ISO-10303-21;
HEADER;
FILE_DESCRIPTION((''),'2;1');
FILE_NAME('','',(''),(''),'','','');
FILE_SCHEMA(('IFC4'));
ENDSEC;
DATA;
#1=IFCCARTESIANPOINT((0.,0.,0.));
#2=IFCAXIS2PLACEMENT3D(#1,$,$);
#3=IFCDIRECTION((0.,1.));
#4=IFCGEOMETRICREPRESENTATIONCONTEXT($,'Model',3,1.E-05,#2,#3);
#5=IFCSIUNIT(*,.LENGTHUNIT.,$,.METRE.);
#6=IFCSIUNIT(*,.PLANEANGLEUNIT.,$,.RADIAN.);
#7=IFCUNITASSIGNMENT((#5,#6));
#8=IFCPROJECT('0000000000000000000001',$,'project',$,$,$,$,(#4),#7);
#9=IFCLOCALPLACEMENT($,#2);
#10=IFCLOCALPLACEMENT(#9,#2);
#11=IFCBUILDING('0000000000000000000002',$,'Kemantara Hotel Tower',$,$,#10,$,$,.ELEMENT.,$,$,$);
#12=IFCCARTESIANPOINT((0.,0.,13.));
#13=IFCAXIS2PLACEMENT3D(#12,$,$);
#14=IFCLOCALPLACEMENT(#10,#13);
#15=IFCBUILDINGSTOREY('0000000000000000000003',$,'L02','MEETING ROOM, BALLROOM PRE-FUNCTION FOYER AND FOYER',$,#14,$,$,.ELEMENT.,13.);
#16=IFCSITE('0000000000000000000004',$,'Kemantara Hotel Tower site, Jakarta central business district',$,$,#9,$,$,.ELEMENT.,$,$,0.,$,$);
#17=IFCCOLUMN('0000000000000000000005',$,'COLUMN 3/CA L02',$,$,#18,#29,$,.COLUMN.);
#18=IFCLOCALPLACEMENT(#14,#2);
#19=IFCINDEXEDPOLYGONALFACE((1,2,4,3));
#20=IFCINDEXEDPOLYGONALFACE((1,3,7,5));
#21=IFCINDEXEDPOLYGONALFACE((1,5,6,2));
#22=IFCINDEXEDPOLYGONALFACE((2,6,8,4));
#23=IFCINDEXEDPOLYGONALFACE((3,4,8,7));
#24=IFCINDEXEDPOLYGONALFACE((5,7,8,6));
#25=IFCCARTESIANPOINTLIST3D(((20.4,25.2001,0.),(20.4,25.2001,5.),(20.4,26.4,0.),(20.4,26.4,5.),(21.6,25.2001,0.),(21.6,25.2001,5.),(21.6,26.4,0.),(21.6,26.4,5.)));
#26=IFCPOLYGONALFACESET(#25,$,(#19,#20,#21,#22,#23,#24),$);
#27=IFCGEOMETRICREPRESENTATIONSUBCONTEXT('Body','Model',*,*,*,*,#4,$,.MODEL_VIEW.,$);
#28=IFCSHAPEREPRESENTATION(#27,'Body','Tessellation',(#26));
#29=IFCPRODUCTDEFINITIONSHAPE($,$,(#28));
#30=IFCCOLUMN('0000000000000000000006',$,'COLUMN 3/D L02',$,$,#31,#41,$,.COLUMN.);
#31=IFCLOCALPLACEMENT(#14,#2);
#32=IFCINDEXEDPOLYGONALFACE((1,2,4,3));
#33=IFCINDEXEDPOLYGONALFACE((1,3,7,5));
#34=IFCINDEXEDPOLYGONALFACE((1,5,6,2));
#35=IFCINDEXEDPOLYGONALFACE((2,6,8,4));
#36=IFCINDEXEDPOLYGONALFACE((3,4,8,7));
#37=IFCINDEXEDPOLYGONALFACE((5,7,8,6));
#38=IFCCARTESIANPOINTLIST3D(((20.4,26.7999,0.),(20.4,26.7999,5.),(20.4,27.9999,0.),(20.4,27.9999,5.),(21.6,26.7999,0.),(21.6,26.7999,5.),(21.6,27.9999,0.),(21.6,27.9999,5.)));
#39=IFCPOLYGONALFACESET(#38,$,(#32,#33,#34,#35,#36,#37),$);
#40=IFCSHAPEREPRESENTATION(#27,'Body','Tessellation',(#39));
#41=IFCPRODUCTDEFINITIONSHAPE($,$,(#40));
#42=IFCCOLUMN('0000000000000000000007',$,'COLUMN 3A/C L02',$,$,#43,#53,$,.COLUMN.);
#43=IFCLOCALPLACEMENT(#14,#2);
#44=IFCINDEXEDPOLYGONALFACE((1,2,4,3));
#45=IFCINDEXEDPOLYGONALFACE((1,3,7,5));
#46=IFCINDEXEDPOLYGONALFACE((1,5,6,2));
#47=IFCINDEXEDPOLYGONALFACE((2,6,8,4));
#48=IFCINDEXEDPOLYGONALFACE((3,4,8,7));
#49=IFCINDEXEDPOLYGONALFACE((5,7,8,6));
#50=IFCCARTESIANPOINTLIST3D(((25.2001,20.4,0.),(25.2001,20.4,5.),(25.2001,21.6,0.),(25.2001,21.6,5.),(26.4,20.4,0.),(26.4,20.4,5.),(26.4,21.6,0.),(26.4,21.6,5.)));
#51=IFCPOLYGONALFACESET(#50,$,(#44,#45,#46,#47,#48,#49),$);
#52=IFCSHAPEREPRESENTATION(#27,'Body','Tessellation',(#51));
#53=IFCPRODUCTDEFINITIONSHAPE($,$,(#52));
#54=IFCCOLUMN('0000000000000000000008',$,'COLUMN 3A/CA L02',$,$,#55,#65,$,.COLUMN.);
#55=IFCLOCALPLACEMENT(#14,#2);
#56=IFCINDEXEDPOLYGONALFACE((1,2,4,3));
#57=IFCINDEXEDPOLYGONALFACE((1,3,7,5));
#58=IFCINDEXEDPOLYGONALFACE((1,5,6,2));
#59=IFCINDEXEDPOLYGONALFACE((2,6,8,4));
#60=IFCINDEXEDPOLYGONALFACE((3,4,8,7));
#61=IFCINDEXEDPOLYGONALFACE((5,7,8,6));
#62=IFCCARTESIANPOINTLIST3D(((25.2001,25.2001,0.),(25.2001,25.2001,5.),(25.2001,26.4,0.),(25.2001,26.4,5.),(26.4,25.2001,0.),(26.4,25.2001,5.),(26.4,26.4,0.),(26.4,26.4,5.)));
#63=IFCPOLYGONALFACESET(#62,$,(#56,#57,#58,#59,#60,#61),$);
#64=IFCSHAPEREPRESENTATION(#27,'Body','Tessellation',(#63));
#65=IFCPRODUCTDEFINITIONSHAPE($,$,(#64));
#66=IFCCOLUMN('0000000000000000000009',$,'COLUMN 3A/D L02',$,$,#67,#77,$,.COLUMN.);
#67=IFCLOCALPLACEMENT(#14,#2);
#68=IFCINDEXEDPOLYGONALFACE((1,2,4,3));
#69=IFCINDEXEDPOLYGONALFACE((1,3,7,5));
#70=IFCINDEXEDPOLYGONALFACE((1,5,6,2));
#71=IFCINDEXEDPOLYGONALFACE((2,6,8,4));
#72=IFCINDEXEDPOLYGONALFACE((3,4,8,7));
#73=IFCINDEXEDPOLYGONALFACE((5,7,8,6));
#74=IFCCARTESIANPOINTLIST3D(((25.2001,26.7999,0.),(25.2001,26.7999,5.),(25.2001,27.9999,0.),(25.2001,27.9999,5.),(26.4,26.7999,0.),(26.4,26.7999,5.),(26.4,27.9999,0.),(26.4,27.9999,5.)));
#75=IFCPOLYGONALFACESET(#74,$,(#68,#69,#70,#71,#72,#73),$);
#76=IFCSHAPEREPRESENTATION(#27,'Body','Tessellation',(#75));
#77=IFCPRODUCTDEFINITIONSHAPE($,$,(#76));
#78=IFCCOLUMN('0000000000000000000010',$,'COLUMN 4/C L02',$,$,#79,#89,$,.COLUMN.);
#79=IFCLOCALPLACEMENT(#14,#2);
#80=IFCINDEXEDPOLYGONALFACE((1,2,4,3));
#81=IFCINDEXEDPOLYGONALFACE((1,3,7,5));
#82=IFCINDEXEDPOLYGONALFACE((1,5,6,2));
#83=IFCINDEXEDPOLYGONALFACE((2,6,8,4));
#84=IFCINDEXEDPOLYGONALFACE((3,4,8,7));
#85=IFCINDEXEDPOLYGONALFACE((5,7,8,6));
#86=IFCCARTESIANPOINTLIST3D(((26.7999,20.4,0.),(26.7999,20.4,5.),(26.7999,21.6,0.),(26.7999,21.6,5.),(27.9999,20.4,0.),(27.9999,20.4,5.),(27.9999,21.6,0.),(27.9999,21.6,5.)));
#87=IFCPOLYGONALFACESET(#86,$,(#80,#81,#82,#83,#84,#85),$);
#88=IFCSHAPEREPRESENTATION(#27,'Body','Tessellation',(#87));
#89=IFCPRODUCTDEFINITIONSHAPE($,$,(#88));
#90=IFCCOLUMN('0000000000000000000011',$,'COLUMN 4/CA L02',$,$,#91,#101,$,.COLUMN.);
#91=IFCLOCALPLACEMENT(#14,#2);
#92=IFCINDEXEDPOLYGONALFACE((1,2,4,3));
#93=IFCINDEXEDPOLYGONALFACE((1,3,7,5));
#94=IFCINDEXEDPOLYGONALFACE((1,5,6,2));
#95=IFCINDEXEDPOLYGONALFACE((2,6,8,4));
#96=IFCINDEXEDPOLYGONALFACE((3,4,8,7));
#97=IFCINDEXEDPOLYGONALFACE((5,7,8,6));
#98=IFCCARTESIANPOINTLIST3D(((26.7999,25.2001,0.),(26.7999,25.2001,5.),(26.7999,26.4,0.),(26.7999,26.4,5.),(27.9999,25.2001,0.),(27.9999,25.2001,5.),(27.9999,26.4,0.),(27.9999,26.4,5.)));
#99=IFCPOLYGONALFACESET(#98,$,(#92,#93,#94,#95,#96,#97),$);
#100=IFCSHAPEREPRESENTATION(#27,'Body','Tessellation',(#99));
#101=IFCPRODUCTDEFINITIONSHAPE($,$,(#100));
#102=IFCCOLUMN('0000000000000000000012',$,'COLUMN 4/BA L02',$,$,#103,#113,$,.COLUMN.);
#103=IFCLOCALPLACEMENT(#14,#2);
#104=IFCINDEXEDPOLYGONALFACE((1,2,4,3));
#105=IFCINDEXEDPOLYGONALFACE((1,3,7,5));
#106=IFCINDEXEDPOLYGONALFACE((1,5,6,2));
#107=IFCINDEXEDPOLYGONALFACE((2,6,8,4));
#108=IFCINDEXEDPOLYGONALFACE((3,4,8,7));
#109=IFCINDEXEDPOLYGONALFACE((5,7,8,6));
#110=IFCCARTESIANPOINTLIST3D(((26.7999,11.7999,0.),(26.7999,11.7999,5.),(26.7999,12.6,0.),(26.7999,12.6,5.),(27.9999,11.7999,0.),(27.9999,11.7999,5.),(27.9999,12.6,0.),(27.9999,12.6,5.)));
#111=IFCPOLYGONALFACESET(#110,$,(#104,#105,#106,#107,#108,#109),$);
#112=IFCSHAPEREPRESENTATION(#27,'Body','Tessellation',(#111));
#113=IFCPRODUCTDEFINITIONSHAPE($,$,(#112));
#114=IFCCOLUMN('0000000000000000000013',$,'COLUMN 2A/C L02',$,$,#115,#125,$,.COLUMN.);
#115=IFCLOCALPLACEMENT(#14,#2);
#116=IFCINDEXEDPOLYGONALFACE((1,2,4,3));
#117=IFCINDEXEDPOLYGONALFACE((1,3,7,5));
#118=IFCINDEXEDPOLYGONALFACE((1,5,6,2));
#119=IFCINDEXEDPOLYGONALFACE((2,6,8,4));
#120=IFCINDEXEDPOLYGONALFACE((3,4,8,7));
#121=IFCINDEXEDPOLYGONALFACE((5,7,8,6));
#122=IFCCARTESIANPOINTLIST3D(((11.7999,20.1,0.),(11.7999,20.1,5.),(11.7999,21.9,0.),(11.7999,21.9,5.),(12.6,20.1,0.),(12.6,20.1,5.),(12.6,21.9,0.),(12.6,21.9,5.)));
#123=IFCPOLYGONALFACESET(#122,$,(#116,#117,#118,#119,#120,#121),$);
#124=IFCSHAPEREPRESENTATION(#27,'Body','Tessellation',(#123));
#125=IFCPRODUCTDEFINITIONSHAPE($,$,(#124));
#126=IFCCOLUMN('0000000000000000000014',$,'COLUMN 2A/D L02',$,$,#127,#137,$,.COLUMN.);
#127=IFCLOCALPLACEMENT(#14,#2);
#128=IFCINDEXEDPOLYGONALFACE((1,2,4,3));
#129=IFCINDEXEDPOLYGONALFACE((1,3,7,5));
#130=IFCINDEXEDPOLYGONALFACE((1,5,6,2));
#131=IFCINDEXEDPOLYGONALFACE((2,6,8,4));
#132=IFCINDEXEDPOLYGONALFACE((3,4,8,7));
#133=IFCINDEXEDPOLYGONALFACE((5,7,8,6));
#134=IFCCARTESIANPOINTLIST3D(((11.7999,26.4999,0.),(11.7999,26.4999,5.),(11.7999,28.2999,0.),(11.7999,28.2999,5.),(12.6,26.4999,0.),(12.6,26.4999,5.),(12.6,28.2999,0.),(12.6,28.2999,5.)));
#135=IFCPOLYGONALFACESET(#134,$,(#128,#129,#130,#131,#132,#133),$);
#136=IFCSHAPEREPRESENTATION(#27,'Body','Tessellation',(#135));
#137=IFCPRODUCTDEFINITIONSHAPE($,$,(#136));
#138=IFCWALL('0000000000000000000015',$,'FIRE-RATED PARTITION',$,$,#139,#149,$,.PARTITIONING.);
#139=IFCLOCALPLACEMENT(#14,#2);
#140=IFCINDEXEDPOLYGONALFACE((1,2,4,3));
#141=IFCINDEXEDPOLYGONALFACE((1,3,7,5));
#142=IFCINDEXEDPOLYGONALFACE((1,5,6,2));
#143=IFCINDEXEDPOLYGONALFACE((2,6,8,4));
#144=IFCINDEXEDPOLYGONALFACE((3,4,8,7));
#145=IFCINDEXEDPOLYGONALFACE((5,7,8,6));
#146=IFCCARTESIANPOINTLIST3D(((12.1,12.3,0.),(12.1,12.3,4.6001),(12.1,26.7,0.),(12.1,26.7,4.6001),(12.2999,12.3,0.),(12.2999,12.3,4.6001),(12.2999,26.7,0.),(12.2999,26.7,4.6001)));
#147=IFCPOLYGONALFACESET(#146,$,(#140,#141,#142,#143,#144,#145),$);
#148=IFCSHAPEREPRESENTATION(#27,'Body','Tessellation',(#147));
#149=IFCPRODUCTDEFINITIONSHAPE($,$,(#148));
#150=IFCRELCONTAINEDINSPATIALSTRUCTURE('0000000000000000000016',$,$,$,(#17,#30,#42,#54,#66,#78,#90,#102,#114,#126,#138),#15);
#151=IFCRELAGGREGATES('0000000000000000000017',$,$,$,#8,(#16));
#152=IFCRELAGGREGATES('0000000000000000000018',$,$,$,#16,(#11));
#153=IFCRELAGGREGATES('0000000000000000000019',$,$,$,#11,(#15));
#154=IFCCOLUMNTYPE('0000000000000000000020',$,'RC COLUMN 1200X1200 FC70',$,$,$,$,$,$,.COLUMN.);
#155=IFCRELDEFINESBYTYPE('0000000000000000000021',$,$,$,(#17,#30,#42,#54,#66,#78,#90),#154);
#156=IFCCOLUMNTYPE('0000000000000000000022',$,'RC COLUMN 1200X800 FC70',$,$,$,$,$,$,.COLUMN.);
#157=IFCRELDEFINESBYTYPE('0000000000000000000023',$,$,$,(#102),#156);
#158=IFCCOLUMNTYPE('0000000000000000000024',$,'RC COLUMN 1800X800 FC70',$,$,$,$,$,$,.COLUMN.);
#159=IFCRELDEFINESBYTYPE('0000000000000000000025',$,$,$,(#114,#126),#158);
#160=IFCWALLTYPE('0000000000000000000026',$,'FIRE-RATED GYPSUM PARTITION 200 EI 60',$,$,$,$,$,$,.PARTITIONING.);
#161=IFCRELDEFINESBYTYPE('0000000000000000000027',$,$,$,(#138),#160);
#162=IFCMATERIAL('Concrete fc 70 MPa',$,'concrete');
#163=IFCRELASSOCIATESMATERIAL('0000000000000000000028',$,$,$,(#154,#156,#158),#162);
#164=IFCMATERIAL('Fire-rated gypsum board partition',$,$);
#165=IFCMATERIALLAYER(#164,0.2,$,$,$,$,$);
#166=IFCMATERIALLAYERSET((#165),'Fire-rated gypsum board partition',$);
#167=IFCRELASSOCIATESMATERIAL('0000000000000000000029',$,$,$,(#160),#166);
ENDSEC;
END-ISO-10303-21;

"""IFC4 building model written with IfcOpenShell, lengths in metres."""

from ifc_helpers import new_model, si_unit, direction, frame, frame_2d, origin, origin_2d, place, context, subcontext, project, spatial, rectangle, extrude, material, layer, layer_set, material_profile, profile_set, type_object, element, save


model = new_model("IFC4")

# Units and contexts
model_context = context("Model", 3, precision=1e-05, world=origin(), true_north=direction((0.0, 1.0)))
body_context = subcontext(model_context, "Body", "Model", "MODEL_VIEW")
ifc_project = project(units=[si_unit("LENGTHUNIT", "METRE"), si_unit("PLANEANGLEUNIT", "RADIAN")], contexts=[model_context])

# Site, building, storey
site_placement = place(None, origin())
site = spatial("IfcSite", under=ifc_project, at=site_placement, Name="Kemantara Hotel Tower site, Jakarta central business district", CompositionType="ELEMENT", RefElevation=0.0)
building_placement = place(site_placement, origin())
building = spatial("IfcBuilding", under=site, at=building_placement, Name="Kemantara Hotel Tower", CompositionType="ELEMENT")
storey_placement = place(building_placement, frame((0.0, 0.0, 13.0)))
storey = spatial("IfcBuildingStorey", under=building, at=storey_placement, Name="L02", Description="MEETING ROOM, BALLROOM PRE-FUNCTION FOYER AND FOYER", CompositionType="ELEMENT", Elevation=13.0)

# Columns
ifc_material_1 = material(Name="Concrete fc 70 MPa", Category="concrete")
ifc_material_profile_1 = material_profile(ifc_material_1, rectangle(XDim=1.2, YDim=1.2, at=origin_2d()), Name="RC 1200X1200")
ifc_profile_set_1 = profile_set([ifc_material_profile_1], Name="Concrete fc 70 MPa")
column_type_1 = type_object("IfcColumnType", Name="RC COLUMN 1200X1200 FC70", PredefinedType="COLUMN", material=ifc_profile_set_1)
for number, where, z_axis, x_axis, name in (
    (1, (21.0, 25.8, 0.0), (0.0, 0.0, 1.0), (1.0, 0.0, 0.0), "COLUMN 3/CA L02"),
    (2, (21.0, 27.3999, 0.0), (0.0, 0.0, 1.0), (1.0, 0.0, 0.0), "COLUMN 3/D L02"),
    (3, (25.8, 21.0, 0.0), (0.0, 0.0, 1.0), (1.0, 0.0, 0.0), "COLUMN 3A/C L02"),
    (4, (25.8, 25.8, 0.0), (0.0, 0.0, 1.0), (1.0, 0.0, 0.0), "COLUMN 3A/CA L02"),
    (5, (25.8, 27.3999, 0.0), (0.0, 0.0, 1.0), (1.0, 0.0, 0.0), "COLUMN 3A/D L02"),
    (6, (27.3999, 21.0, 0.0), (0.0, 0.0, 1.0), (1.0, 0.0, 0.0), "COLUMN 4/C L02"),
    (7, (27.3999, 25.8, 0.0), (0.0, 0.0, 1.0), (1.0, 0.0, 0.0), "COLUMN 4/CA L02"),
):
    element("IfcColumn", number, at=place(storey_placement, frame(where, z_axis=z_axis, x_axis=x_axis)), inside=storey, type_object=column_type_1, Name=name, PredefinedType="COLUMN", context=body_context, shape_type="SweptSolid", body=[
        extrude(rectangle(XDim=1.2, YDim=1.2, at=origin_2d()), origin(), (0.0, 0.0, 1.0), 5.0),
    ])
ifc_material_profile_2 = material_profile(ifc_material_1, rectangle(XDim=1.2, YDim=0.8, at=origin_2d()), Name="RC 1200X800")
ifc_profile_set_2 = profile_set([ifc_material_profile_2], Name="Concrete fc 70 MPa")
column_type_2 = type_object("IfcColumnType", Name="RC COLUMN 1200X800 FC70", PredefinedType="COLUMN", material=ifc_profile_set_2)
column_placement = place(storey_placement, frame((27.3999, 12.2, 0.0), z_axis=(0.0, 0.0, 1.0), x_axis=(1.0, 0.0, 0.0)))
element("IfcColumn", 8, at=column_placement, inside=storey, type_object=column_type_2, Name="COLUMN 4/BA L02", PredefinedType="COLUMN", context=body_context, shape_type="SweptSolid", body=[
    extrude(rectangle(XDim=1.2, YDim=0.8, at=origin_2d()), origin(), (0.0, 0.0, 1.0), 5.0),
])
ifc_material_profile_3 = material_profile(ifc_material_1, rectangle(XDim=1.8, YDim=0.8, at=origin_2d()), Name="RC 1800X800")
ifc_profile_set_3 = profile_set([ifc_material_profile_3], Name="Concrete fc 70 MPa")
column_type_3 = type_object("IfcColumnType", Name="RC COLUMN 1800X800 FC70", PredefinedType="COLUMN", material=ifc_profile_set_3)
for number, where, z_axis, x_axis, name in (
    (9, (12.2, 21.0, 0.0), (0.0, 0.0, 1.0), (0.0, 1.0, 0.0), "COLUMN 2A/C L02"),
    (10, (12.2, 27.3999, 0.0), (0.0, 0.0, 1.0), (0.0, 1.0, 0.0), "COLUMN 2A/D L02"),
):
    element("IfcColumn", number, at=place(storey_placement, frame(where, z_axis=z_axis, x_axis=x_axis)), inside=storey, type_object=column_type_3, Name=name, PredefinedType="COLUMN", context=body_context, shape_type="SweptSolid", body=[
        extrude(rectangle(XDim=1.8, YDim=0.8, at=origin_2d()), origin(), (0.0, 0.0, 1.0), 5.0),
    ])

# Wall
ifc_material_2 = material(Name="Fire-rated gypsum board partition")
ifc_layer_1 = layer(ifc_material_2, 0.2)
ifc_layer_set_1 = layer_set([ifc_layer_1], Name="Fire-rated gypsum board partition")
wall_type_1 = type_object("IfcWallType", Name="FIRE-RATED GYPSUM PARTITION 200 EI 60", PredefinedType="PARTITIONING", material=ifc_layer_set_1)
wall_1_placement = place(storey_placement, frame((12.2, 12.3, 0.0), z_axis=(0.0, 0.0, 1.0), x_axis=(0.0, 1.0, 0.0)))
element("IfcWall", 11, at=wall_1_placement, inside=storey, type_object=wall_type_1, Name="FIRE-RATED PARTITION", PredefinedType="PARTITIONING", context=body_context, shape_type="SweptSolid", body=[
    extrude(rectangle(XDim=14.3999, YDim=0.2, at=frame_2d((7.2, 0.0))), origin(), (0.0, 0.0, 1.0), 4.6001),
])

save(model, "model.ifc")
